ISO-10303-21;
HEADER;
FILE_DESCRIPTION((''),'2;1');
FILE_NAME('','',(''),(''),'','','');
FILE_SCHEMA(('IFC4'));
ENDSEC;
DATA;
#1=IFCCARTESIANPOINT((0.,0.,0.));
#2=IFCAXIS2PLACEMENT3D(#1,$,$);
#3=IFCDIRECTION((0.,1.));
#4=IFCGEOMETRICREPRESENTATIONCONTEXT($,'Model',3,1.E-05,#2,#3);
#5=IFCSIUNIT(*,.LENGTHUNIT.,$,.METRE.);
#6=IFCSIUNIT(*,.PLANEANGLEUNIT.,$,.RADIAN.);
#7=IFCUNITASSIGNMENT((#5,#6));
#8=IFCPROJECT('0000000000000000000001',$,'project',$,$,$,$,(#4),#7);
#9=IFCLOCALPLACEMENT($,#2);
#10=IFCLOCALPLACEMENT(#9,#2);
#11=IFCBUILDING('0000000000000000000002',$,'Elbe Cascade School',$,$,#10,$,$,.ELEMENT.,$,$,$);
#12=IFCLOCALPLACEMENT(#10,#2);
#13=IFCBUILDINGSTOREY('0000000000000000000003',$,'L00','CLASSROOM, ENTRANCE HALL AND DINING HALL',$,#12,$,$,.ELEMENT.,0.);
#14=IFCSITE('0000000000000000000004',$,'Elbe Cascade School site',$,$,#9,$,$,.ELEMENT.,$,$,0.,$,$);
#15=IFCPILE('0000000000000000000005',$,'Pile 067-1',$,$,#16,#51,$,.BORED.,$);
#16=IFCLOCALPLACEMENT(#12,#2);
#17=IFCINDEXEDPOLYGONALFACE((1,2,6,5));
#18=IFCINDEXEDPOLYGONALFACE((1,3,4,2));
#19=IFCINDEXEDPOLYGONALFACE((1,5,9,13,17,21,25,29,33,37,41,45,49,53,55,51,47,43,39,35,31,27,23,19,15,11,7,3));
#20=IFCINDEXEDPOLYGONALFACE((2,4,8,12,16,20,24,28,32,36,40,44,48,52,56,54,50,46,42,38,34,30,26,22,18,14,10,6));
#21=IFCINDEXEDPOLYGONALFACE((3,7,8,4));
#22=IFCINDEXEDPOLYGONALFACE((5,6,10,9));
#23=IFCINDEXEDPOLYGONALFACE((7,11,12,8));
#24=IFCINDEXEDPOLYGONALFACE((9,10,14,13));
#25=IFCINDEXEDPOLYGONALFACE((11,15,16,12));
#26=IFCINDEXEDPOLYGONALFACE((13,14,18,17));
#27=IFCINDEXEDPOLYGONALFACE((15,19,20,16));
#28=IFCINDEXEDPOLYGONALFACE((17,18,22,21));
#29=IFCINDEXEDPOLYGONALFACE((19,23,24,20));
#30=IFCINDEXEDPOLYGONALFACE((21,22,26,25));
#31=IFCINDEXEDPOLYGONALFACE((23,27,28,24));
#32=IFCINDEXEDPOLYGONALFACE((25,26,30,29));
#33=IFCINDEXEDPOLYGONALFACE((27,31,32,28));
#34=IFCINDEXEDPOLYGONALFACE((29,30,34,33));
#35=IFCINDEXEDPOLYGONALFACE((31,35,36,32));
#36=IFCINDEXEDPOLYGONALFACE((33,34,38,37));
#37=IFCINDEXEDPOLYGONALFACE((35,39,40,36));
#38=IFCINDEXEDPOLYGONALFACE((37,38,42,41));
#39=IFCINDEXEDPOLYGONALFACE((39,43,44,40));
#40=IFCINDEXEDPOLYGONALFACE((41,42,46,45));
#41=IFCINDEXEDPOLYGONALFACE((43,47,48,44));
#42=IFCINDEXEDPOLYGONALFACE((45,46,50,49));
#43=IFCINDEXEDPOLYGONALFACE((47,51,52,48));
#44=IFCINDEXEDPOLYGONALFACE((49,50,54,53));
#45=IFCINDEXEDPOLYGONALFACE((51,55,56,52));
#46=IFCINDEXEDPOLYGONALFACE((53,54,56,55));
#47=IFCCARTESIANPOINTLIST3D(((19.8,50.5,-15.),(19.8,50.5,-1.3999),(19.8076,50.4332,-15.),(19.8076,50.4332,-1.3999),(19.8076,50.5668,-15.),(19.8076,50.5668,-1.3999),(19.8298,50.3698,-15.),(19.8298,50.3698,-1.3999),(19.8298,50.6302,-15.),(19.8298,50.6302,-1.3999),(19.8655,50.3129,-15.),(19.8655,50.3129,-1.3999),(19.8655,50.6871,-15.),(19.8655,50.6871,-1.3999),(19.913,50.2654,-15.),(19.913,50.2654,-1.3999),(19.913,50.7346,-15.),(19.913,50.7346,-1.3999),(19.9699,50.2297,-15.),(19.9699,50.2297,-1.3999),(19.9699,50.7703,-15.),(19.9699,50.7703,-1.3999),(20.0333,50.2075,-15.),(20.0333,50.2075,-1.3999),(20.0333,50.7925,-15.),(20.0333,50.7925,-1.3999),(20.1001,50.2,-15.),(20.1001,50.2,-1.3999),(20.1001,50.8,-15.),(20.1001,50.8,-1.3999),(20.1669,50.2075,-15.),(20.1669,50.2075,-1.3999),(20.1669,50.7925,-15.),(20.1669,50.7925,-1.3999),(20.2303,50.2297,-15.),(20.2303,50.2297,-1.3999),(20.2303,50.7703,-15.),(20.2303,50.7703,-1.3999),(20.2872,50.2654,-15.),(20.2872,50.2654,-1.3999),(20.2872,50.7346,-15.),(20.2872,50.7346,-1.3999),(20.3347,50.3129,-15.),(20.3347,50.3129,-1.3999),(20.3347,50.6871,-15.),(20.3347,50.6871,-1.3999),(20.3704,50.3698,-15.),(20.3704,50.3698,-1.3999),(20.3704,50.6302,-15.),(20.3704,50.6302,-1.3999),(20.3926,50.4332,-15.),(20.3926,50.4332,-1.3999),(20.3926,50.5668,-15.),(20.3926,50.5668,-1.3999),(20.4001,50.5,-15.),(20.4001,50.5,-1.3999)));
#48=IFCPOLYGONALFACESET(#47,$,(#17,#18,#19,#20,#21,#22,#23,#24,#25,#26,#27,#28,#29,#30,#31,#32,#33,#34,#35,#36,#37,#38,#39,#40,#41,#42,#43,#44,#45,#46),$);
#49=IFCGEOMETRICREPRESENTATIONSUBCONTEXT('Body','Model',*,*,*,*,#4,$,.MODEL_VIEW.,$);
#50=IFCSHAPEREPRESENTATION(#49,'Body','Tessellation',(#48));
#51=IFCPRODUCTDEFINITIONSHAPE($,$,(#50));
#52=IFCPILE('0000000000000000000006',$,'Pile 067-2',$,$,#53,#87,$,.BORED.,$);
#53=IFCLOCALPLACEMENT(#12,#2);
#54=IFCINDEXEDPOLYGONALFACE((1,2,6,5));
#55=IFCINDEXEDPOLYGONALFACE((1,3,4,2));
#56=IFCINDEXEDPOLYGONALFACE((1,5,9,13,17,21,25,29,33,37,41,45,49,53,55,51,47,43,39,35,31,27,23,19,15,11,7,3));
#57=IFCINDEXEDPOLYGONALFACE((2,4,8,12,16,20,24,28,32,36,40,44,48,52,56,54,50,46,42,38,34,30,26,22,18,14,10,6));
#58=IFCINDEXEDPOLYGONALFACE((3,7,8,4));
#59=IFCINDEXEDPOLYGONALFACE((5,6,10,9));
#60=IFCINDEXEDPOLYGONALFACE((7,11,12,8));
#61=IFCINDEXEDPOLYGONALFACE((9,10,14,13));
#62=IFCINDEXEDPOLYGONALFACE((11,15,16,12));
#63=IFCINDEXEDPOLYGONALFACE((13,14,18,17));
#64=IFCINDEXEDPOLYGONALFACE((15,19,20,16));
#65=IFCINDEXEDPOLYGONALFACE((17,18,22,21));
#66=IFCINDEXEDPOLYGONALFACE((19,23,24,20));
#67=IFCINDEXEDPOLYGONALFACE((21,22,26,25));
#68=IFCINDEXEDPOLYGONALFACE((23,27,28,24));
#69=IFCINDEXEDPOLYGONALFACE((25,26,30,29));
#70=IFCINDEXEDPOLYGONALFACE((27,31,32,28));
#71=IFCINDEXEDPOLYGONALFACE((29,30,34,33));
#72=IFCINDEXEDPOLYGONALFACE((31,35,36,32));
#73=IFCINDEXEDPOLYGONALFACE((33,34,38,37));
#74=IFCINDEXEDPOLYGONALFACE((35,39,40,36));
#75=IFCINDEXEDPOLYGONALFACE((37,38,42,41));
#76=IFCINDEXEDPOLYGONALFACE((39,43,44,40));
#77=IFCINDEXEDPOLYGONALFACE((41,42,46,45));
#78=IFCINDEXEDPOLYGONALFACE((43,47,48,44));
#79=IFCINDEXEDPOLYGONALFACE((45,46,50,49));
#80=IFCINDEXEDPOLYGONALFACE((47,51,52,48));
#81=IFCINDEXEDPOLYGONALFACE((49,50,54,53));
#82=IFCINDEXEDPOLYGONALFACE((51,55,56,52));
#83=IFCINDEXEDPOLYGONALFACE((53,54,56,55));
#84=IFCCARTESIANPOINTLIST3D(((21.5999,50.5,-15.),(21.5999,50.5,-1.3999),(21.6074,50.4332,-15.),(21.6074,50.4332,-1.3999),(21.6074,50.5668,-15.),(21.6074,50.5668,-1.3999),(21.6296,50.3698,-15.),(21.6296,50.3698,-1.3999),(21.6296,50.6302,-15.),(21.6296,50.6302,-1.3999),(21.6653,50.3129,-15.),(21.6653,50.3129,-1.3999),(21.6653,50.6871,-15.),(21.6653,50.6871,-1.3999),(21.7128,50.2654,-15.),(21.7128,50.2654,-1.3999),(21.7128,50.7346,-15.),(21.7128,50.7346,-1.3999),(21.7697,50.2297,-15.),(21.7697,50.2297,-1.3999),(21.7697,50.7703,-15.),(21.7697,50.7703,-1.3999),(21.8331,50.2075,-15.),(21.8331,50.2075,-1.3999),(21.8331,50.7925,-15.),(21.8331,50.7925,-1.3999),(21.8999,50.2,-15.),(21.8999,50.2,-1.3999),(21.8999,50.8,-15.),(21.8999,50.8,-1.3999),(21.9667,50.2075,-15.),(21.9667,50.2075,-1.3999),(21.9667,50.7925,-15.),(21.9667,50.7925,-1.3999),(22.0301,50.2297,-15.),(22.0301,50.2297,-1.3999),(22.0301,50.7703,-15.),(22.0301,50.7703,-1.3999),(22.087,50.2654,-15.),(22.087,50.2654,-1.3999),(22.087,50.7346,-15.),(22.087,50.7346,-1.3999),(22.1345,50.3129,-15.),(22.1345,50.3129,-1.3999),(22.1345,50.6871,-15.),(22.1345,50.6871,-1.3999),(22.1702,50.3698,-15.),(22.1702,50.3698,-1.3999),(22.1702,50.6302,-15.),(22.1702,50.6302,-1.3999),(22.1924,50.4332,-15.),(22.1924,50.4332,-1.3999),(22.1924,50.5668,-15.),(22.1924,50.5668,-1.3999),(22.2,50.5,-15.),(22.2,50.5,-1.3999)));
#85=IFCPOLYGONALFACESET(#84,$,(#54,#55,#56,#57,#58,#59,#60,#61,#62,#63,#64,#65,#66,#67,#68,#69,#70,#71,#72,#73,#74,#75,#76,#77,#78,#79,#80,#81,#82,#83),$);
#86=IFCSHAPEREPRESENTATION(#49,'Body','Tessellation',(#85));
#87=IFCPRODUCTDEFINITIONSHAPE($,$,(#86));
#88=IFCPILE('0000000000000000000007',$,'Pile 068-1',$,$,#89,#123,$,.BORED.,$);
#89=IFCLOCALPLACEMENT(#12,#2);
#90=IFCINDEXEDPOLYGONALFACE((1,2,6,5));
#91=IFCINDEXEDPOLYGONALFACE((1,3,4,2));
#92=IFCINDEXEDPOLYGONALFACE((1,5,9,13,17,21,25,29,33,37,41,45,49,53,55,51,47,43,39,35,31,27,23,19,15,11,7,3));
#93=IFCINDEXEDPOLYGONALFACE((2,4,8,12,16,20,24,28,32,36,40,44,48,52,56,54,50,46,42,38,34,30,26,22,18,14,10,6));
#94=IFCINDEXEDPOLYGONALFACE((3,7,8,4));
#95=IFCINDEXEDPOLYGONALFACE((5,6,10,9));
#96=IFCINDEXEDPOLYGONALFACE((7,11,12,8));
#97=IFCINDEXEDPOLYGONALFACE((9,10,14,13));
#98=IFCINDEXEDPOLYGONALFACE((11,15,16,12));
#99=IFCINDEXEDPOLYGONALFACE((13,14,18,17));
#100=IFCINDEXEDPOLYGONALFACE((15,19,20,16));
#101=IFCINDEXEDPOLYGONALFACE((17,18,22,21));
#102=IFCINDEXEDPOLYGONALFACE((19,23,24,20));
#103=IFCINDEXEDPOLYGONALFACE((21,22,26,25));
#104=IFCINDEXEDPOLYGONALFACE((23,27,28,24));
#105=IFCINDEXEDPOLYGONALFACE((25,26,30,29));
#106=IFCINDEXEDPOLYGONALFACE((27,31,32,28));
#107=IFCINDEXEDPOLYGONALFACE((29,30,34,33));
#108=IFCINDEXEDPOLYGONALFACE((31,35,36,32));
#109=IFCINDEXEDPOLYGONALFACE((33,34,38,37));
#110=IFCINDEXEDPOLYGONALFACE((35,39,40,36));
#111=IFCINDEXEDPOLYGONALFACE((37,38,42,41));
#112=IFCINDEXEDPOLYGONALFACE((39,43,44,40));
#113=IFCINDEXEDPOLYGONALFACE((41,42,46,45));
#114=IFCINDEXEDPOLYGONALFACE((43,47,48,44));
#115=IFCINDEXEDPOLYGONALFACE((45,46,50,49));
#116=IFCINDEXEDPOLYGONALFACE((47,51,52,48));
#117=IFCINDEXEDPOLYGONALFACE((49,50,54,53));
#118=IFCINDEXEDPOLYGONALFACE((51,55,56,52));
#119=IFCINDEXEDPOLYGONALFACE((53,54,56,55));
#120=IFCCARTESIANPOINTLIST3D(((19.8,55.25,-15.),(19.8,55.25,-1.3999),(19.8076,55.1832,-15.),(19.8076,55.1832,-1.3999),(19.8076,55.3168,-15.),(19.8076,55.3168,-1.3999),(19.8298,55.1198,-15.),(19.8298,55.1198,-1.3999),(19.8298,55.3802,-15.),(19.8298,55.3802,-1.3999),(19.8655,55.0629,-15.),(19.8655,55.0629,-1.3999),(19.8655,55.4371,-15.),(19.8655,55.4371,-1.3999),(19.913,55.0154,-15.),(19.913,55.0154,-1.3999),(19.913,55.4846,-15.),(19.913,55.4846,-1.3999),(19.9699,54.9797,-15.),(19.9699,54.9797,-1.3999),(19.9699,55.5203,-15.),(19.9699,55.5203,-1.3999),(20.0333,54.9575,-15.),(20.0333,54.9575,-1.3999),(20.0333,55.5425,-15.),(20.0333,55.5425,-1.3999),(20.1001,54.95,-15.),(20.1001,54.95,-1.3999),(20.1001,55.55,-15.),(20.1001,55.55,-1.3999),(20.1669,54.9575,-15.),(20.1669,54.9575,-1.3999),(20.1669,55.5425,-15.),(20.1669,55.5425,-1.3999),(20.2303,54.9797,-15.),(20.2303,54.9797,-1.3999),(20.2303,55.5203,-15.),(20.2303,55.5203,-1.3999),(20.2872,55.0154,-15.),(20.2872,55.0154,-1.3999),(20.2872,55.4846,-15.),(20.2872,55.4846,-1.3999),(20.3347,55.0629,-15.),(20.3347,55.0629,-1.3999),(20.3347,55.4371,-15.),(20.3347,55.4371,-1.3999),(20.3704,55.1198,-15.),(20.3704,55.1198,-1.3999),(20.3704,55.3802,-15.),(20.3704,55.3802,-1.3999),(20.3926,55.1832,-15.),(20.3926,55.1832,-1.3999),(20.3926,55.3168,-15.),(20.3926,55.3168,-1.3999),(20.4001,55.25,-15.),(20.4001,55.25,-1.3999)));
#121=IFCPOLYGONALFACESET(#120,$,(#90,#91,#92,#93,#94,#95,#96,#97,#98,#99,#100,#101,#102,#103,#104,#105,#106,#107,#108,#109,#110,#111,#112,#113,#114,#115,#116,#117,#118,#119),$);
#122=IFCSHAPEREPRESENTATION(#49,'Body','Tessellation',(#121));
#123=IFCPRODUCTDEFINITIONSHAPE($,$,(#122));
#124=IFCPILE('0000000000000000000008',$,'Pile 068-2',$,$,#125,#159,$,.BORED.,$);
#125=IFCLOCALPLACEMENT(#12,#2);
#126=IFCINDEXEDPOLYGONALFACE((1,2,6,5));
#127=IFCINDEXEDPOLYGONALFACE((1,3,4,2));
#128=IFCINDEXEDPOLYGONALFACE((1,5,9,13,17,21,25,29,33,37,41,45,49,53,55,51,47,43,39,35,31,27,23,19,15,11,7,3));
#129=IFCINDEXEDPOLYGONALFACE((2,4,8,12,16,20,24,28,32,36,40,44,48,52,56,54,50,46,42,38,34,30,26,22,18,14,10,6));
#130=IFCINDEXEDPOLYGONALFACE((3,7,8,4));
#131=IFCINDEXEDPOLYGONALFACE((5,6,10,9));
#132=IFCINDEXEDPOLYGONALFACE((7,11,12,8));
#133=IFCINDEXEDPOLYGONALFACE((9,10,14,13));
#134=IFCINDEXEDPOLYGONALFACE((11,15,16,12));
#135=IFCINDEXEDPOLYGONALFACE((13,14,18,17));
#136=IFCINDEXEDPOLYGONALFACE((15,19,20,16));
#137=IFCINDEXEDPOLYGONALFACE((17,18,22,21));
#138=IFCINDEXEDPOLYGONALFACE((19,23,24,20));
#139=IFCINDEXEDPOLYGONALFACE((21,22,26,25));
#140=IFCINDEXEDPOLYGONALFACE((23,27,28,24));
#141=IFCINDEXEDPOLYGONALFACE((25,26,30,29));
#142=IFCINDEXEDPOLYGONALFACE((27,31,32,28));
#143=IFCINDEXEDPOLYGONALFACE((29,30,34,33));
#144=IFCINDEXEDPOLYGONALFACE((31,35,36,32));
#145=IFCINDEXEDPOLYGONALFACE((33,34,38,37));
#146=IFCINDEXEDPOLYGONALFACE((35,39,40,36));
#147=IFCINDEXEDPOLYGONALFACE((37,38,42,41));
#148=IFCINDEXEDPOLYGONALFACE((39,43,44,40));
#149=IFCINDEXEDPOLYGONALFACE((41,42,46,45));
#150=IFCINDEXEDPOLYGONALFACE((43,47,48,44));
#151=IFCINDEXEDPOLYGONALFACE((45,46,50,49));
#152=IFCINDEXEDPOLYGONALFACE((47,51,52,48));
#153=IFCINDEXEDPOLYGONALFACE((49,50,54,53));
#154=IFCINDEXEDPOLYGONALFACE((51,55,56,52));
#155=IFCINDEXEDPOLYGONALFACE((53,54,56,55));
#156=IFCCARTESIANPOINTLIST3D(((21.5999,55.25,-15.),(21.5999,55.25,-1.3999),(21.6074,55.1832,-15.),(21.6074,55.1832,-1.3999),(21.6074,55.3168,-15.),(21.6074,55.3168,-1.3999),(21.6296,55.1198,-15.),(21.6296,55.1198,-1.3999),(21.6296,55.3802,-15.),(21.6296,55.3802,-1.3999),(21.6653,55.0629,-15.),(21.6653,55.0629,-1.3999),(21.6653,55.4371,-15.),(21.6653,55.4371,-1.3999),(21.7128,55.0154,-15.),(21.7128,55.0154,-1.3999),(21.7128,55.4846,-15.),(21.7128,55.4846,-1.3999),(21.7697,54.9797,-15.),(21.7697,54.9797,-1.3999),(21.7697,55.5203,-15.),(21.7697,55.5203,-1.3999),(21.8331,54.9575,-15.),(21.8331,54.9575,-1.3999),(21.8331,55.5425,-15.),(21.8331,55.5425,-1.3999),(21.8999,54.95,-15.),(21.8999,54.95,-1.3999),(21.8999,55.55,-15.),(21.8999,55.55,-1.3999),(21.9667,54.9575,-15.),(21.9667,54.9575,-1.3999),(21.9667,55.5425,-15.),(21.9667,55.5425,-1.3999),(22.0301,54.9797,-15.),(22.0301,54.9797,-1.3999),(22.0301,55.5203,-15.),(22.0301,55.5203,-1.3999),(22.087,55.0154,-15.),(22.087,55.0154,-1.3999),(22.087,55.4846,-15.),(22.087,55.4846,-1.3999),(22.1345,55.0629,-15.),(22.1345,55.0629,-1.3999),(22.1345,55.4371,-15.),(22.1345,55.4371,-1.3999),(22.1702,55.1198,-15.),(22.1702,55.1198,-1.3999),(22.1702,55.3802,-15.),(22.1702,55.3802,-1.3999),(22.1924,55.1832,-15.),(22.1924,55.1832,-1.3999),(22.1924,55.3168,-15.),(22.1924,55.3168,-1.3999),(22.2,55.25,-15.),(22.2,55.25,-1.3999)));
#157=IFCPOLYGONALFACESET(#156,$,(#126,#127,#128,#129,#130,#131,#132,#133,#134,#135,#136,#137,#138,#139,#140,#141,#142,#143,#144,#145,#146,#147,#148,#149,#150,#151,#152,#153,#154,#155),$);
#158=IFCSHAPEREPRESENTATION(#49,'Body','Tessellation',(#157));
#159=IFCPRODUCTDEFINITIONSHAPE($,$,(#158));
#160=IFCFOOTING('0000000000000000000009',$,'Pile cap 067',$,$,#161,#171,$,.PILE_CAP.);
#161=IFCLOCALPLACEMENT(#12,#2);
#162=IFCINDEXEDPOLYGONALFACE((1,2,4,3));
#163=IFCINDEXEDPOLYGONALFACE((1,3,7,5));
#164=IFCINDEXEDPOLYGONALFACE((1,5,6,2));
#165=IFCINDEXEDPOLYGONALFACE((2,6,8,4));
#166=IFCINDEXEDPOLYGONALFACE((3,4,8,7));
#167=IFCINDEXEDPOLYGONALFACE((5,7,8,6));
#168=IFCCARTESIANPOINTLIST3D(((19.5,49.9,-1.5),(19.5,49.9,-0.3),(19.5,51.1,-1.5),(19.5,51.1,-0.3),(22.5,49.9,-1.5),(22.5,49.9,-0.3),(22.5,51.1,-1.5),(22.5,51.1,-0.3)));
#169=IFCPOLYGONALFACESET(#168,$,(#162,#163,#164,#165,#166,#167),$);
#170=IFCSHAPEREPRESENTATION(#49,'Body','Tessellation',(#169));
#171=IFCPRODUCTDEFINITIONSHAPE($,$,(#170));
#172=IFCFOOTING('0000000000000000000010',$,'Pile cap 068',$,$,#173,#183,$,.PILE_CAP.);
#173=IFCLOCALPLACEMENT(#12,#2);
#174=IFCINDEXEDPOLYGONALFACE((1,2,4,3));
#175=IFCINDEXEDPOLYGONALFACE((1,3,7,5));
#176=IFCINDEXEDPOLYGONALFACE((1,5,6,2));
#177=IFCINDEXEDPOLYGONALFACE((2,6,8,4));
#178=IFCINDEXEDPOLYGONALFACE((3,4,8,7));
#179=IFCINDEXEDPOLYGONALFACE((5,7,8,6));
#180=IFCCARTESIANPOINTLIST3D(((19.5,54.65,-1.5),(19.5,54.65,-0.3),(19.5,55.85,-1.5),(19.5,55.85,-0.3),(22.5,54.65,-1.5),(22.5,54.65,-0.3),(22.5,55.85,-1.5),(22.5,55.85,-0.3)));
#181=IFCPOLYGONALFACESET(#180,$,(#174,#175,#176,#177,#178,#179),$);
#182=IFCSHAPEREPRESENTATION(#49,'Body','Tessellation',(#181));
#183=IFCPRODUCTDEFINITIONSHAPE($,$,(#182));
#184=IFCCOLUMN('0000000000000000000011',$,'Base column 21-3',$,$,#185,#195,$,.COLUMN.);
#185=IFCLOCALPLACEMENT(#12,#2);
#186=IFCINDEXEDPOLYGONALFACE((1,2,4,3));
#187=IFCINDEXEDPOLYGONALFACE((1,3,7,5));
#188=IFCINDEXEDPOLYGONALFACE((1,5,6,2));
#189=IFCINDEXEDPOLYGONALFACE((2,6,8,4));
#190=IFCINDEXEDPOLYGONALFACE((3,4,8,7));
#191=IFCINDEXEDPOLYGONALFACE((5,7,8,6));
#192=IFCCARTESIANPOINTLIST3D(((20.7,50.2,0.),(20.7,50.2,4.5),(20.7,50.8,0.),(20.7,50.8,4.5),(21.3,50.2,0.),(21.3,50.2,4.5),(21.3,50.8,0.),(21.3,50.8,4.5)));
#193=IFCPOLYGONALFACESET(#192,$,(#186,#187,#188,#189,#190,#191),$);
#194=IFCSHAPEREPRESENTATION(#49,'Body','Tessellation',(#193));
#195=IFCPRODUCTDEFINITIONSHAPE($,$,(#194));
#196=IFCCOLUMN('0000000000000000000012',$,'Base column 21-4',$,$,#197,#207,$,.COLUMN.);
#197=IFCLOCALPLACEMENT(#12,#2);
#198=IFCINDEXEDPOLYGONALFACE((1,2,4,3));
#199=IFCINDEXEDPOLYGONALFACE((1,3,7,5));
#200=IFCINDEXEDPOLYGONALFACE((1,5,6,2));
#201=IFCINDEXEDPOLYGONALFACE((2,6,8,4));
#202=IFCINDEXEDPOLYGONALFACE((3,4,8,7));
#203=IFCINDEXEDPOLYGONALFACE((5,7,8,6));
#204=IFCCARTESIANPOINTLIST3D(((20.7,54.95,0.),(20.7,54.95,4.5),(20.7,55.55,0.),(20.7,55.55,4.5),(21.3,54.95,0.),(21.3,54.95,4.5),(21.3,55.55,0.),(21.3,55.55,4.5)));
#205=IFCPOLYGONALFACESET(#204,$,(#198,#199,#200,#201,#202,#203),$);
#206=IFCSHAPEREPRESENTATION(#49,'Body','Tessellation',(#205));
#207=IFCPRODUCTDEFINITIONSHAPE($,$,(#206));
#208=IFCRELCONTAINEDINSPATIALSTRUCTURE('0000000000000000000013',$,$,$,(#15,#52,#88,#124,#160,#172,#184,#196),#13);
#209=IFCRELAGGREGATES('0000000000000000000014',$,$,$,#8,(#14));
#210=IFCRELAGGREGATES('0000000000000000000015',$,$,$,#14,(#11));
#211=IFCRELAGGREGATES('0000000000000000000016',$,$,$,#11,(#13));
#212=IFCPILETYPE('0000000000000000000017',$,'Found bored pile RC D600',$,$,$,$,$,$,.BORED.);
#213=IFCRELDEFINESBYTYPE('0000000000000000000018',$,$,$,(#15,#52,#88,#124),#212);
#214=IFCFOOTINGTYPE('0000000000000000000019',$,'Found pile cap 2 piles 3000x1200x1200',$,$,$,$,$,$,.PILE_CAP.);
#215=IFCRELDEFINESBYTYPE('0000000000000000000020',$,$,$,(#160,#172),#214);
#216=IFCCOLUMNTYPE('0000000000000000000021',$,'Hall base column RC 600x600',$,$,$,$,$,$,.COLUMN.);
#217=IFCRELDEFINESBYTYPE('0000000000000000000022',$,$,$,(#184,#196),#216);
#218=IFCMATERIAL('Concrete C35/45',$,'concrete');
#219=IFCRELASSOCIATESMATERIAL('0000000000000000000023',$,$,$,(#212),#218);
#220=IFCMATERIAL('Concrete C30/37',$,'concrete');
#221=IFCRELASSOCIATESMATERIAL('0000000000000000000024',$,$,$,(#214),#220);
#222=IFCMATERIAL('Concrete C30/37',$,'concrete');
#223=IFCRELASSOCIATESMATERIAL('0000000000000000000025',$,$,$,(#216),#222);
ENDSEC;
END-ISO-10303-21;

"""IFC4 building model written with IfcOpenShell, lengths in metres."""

from ifc_helpers import new_model, si_unit, direction, frame, origin, origin_2d, place, context, subcontext, project, spatial, rectangle, circle, extrude, material, material_profile, profile_set, type_object, element, save


model = new_model("IFC4")

# Units and contexts
model_context = context("Model", 3, precision=1e-05, world=origin(), true_north=direction((0.0, 1.0)))
body_context = subcontext(model_context, "Body", "Model", "MODEL_VIEW")
ifc_project = project(units=[si_unit("LENGTHUNIT", "METRE"), si_unit("PLANEANGLEUNIT", "RADIAN")], contexts=[model_context])

# Site, building, storey
site_placement = place(None, origin())
site = spatial("IfcSite", under=ifc_project, at=site_placement, Name="Elbe Cascade School site", CompositionType="ELEMENT", RefElevation=0.0)
building_placement = place(site_placement, origin())
building = spatial("IfcBuilding", under=site, at=building_placement, Name="Elbe Cascade School", CompositionType="ELEMENT")
storey_placement = place(building_placement, origin())
storey = spatial("IfcBuildingStorey", under=building, at=storey_placement, Name="L00", Description="CLASSROOM, ENTRANCE HALL AND DINING HALL", CompositionType="ELEMENT", Elevation=0.0)

# Piles
ifc_material_1 = material(Name="Concrete C35/45", Category="concrete")
ifc_material_profile_1 = material_profile(ifc_material_1, circle(Radius=0.3, at=origin_2d()), Name="RC D600")
ifc_profile_set_1 = profile_set([ifc_material_profile_1], Name="Concrete C35/45")
pile_type = type_object("IfcPileType", Name="Found bored pile RC D600", PredefinedType="BORED", material=ifc_profile_set_1)
for number, where, z_axis, x_axis, name in (
    (1, (20.1001, 50.5, -1.3999), (0.0, 0.0, -1.0), (1.0, 0.0, 0.0), "Pile 067-1"),
    (2, (21.8999, 50.5, -1.3999), (0.0, 0.0, -1.0), (1.0, 0.0, 0.0), "Pile 067-2"),
    (3, (20.1001, 55.25, -1.3999), (0.0, 0.0, -1.0), (1.0, 0.0, 0.0), "Pile 068-1"),
    (4, (21.8999, 55.25, -1.3999), (0.0, 0.0, -1.0), (1.0, 0.0, 0.0), "Pile 068-2"),
):
    element("IfcPile", number, at=place(storey_placement, frame(where, z_axis=z_axis, x_axis=x_axis)), inside=storey, type_object=pile_type, Name=name, PredefinedType="BORED", context=body_context, shape_type="SweptSolid", body=[
        extrude(circle(Radius=0.3, at=origin_2d()), origin(), (0.0, 0.0, 1.0), 13.6001),
    ])

# Footings
ifc_material_2 = material(Name="Concrete C30/37", Category="concrete")
footing_type = type_object("IfcFootingType", Name="Found pile cap 2 piles 3000x1200x1200", PredefinedType="PILE_CAP", material=ifc_material_2)
for number, where, z_axis, x_axis, name in (
    (5, (21.0, 50.5, -1.5), (0.0, 0.0, 1.0), (1.0, 0.0, 0.0), "Pile cap 067"),
    (6, (21.0, 55.25, -1.5), (0.0, 0.0, 1.0), (1.0, 0.0, 0.0), "Pile cap 068"),
):
    element("IfcFooting", number, at=place(storey_placement, frame(where, z_axis=z_axis, x_axis=x_axis)), inside=storey, type_object=footing_type, Name=name, PredefinedType="PILE_CAP", context=body_context, shape_type="SweptSolid", body=[
        extrude(rectangle(XDim=3.0, YDim=1.2, at=origin_2d()), origin(), (0.0, 0.0, 1.0), 1.2),
    ])

# Columns
ifc_material_3 = material(Name="Concrete C30/37", Category="concrete")
ifc_material_profile_2 = material_profile(ifc_material_3, rectangle(XDim=0.6001, YDim=0.6001, at=origin_2d()), Name="RC 600x600")
ifc_profile_set_2 = profile_set([ifc_material_profile_2], Name="Concrete C30/37")
column_type = type_object("IfcColumnType", Name="Hall base column RC 600x600", PredefinedType="COLUMN", material=ifc_profile_set_2)
for number, where, z_axis, x_axis, name in (
    (7, (21.0, 50.5, 0.0), (0.0, 0.0, 1.0), (1.0, 0.0, 0.0), "Base column 21-3"),
    (8, (21.0, 55.25, 0.0), (0.0, 0.0, 1.0), (1.0, 0.0, 0.0), "Base column 21-4"),
):
    element("IfcColumn", number, at=place(storey_placement, frame(where, z_axis=z_axis, x_axis=x_axis)), inside=storey, type_object=column_type, Name=name, PredefinedType="COLUMN", context=body_context, shape_type="SweptSolid", body=[
        extrude(rectangle(XDim=0.6001, YDim=0.6001, at=origin_2d()), origin(), (0.0, 0.0, 1.0), 4.5),
    ])

save(model, "model.ifc")
